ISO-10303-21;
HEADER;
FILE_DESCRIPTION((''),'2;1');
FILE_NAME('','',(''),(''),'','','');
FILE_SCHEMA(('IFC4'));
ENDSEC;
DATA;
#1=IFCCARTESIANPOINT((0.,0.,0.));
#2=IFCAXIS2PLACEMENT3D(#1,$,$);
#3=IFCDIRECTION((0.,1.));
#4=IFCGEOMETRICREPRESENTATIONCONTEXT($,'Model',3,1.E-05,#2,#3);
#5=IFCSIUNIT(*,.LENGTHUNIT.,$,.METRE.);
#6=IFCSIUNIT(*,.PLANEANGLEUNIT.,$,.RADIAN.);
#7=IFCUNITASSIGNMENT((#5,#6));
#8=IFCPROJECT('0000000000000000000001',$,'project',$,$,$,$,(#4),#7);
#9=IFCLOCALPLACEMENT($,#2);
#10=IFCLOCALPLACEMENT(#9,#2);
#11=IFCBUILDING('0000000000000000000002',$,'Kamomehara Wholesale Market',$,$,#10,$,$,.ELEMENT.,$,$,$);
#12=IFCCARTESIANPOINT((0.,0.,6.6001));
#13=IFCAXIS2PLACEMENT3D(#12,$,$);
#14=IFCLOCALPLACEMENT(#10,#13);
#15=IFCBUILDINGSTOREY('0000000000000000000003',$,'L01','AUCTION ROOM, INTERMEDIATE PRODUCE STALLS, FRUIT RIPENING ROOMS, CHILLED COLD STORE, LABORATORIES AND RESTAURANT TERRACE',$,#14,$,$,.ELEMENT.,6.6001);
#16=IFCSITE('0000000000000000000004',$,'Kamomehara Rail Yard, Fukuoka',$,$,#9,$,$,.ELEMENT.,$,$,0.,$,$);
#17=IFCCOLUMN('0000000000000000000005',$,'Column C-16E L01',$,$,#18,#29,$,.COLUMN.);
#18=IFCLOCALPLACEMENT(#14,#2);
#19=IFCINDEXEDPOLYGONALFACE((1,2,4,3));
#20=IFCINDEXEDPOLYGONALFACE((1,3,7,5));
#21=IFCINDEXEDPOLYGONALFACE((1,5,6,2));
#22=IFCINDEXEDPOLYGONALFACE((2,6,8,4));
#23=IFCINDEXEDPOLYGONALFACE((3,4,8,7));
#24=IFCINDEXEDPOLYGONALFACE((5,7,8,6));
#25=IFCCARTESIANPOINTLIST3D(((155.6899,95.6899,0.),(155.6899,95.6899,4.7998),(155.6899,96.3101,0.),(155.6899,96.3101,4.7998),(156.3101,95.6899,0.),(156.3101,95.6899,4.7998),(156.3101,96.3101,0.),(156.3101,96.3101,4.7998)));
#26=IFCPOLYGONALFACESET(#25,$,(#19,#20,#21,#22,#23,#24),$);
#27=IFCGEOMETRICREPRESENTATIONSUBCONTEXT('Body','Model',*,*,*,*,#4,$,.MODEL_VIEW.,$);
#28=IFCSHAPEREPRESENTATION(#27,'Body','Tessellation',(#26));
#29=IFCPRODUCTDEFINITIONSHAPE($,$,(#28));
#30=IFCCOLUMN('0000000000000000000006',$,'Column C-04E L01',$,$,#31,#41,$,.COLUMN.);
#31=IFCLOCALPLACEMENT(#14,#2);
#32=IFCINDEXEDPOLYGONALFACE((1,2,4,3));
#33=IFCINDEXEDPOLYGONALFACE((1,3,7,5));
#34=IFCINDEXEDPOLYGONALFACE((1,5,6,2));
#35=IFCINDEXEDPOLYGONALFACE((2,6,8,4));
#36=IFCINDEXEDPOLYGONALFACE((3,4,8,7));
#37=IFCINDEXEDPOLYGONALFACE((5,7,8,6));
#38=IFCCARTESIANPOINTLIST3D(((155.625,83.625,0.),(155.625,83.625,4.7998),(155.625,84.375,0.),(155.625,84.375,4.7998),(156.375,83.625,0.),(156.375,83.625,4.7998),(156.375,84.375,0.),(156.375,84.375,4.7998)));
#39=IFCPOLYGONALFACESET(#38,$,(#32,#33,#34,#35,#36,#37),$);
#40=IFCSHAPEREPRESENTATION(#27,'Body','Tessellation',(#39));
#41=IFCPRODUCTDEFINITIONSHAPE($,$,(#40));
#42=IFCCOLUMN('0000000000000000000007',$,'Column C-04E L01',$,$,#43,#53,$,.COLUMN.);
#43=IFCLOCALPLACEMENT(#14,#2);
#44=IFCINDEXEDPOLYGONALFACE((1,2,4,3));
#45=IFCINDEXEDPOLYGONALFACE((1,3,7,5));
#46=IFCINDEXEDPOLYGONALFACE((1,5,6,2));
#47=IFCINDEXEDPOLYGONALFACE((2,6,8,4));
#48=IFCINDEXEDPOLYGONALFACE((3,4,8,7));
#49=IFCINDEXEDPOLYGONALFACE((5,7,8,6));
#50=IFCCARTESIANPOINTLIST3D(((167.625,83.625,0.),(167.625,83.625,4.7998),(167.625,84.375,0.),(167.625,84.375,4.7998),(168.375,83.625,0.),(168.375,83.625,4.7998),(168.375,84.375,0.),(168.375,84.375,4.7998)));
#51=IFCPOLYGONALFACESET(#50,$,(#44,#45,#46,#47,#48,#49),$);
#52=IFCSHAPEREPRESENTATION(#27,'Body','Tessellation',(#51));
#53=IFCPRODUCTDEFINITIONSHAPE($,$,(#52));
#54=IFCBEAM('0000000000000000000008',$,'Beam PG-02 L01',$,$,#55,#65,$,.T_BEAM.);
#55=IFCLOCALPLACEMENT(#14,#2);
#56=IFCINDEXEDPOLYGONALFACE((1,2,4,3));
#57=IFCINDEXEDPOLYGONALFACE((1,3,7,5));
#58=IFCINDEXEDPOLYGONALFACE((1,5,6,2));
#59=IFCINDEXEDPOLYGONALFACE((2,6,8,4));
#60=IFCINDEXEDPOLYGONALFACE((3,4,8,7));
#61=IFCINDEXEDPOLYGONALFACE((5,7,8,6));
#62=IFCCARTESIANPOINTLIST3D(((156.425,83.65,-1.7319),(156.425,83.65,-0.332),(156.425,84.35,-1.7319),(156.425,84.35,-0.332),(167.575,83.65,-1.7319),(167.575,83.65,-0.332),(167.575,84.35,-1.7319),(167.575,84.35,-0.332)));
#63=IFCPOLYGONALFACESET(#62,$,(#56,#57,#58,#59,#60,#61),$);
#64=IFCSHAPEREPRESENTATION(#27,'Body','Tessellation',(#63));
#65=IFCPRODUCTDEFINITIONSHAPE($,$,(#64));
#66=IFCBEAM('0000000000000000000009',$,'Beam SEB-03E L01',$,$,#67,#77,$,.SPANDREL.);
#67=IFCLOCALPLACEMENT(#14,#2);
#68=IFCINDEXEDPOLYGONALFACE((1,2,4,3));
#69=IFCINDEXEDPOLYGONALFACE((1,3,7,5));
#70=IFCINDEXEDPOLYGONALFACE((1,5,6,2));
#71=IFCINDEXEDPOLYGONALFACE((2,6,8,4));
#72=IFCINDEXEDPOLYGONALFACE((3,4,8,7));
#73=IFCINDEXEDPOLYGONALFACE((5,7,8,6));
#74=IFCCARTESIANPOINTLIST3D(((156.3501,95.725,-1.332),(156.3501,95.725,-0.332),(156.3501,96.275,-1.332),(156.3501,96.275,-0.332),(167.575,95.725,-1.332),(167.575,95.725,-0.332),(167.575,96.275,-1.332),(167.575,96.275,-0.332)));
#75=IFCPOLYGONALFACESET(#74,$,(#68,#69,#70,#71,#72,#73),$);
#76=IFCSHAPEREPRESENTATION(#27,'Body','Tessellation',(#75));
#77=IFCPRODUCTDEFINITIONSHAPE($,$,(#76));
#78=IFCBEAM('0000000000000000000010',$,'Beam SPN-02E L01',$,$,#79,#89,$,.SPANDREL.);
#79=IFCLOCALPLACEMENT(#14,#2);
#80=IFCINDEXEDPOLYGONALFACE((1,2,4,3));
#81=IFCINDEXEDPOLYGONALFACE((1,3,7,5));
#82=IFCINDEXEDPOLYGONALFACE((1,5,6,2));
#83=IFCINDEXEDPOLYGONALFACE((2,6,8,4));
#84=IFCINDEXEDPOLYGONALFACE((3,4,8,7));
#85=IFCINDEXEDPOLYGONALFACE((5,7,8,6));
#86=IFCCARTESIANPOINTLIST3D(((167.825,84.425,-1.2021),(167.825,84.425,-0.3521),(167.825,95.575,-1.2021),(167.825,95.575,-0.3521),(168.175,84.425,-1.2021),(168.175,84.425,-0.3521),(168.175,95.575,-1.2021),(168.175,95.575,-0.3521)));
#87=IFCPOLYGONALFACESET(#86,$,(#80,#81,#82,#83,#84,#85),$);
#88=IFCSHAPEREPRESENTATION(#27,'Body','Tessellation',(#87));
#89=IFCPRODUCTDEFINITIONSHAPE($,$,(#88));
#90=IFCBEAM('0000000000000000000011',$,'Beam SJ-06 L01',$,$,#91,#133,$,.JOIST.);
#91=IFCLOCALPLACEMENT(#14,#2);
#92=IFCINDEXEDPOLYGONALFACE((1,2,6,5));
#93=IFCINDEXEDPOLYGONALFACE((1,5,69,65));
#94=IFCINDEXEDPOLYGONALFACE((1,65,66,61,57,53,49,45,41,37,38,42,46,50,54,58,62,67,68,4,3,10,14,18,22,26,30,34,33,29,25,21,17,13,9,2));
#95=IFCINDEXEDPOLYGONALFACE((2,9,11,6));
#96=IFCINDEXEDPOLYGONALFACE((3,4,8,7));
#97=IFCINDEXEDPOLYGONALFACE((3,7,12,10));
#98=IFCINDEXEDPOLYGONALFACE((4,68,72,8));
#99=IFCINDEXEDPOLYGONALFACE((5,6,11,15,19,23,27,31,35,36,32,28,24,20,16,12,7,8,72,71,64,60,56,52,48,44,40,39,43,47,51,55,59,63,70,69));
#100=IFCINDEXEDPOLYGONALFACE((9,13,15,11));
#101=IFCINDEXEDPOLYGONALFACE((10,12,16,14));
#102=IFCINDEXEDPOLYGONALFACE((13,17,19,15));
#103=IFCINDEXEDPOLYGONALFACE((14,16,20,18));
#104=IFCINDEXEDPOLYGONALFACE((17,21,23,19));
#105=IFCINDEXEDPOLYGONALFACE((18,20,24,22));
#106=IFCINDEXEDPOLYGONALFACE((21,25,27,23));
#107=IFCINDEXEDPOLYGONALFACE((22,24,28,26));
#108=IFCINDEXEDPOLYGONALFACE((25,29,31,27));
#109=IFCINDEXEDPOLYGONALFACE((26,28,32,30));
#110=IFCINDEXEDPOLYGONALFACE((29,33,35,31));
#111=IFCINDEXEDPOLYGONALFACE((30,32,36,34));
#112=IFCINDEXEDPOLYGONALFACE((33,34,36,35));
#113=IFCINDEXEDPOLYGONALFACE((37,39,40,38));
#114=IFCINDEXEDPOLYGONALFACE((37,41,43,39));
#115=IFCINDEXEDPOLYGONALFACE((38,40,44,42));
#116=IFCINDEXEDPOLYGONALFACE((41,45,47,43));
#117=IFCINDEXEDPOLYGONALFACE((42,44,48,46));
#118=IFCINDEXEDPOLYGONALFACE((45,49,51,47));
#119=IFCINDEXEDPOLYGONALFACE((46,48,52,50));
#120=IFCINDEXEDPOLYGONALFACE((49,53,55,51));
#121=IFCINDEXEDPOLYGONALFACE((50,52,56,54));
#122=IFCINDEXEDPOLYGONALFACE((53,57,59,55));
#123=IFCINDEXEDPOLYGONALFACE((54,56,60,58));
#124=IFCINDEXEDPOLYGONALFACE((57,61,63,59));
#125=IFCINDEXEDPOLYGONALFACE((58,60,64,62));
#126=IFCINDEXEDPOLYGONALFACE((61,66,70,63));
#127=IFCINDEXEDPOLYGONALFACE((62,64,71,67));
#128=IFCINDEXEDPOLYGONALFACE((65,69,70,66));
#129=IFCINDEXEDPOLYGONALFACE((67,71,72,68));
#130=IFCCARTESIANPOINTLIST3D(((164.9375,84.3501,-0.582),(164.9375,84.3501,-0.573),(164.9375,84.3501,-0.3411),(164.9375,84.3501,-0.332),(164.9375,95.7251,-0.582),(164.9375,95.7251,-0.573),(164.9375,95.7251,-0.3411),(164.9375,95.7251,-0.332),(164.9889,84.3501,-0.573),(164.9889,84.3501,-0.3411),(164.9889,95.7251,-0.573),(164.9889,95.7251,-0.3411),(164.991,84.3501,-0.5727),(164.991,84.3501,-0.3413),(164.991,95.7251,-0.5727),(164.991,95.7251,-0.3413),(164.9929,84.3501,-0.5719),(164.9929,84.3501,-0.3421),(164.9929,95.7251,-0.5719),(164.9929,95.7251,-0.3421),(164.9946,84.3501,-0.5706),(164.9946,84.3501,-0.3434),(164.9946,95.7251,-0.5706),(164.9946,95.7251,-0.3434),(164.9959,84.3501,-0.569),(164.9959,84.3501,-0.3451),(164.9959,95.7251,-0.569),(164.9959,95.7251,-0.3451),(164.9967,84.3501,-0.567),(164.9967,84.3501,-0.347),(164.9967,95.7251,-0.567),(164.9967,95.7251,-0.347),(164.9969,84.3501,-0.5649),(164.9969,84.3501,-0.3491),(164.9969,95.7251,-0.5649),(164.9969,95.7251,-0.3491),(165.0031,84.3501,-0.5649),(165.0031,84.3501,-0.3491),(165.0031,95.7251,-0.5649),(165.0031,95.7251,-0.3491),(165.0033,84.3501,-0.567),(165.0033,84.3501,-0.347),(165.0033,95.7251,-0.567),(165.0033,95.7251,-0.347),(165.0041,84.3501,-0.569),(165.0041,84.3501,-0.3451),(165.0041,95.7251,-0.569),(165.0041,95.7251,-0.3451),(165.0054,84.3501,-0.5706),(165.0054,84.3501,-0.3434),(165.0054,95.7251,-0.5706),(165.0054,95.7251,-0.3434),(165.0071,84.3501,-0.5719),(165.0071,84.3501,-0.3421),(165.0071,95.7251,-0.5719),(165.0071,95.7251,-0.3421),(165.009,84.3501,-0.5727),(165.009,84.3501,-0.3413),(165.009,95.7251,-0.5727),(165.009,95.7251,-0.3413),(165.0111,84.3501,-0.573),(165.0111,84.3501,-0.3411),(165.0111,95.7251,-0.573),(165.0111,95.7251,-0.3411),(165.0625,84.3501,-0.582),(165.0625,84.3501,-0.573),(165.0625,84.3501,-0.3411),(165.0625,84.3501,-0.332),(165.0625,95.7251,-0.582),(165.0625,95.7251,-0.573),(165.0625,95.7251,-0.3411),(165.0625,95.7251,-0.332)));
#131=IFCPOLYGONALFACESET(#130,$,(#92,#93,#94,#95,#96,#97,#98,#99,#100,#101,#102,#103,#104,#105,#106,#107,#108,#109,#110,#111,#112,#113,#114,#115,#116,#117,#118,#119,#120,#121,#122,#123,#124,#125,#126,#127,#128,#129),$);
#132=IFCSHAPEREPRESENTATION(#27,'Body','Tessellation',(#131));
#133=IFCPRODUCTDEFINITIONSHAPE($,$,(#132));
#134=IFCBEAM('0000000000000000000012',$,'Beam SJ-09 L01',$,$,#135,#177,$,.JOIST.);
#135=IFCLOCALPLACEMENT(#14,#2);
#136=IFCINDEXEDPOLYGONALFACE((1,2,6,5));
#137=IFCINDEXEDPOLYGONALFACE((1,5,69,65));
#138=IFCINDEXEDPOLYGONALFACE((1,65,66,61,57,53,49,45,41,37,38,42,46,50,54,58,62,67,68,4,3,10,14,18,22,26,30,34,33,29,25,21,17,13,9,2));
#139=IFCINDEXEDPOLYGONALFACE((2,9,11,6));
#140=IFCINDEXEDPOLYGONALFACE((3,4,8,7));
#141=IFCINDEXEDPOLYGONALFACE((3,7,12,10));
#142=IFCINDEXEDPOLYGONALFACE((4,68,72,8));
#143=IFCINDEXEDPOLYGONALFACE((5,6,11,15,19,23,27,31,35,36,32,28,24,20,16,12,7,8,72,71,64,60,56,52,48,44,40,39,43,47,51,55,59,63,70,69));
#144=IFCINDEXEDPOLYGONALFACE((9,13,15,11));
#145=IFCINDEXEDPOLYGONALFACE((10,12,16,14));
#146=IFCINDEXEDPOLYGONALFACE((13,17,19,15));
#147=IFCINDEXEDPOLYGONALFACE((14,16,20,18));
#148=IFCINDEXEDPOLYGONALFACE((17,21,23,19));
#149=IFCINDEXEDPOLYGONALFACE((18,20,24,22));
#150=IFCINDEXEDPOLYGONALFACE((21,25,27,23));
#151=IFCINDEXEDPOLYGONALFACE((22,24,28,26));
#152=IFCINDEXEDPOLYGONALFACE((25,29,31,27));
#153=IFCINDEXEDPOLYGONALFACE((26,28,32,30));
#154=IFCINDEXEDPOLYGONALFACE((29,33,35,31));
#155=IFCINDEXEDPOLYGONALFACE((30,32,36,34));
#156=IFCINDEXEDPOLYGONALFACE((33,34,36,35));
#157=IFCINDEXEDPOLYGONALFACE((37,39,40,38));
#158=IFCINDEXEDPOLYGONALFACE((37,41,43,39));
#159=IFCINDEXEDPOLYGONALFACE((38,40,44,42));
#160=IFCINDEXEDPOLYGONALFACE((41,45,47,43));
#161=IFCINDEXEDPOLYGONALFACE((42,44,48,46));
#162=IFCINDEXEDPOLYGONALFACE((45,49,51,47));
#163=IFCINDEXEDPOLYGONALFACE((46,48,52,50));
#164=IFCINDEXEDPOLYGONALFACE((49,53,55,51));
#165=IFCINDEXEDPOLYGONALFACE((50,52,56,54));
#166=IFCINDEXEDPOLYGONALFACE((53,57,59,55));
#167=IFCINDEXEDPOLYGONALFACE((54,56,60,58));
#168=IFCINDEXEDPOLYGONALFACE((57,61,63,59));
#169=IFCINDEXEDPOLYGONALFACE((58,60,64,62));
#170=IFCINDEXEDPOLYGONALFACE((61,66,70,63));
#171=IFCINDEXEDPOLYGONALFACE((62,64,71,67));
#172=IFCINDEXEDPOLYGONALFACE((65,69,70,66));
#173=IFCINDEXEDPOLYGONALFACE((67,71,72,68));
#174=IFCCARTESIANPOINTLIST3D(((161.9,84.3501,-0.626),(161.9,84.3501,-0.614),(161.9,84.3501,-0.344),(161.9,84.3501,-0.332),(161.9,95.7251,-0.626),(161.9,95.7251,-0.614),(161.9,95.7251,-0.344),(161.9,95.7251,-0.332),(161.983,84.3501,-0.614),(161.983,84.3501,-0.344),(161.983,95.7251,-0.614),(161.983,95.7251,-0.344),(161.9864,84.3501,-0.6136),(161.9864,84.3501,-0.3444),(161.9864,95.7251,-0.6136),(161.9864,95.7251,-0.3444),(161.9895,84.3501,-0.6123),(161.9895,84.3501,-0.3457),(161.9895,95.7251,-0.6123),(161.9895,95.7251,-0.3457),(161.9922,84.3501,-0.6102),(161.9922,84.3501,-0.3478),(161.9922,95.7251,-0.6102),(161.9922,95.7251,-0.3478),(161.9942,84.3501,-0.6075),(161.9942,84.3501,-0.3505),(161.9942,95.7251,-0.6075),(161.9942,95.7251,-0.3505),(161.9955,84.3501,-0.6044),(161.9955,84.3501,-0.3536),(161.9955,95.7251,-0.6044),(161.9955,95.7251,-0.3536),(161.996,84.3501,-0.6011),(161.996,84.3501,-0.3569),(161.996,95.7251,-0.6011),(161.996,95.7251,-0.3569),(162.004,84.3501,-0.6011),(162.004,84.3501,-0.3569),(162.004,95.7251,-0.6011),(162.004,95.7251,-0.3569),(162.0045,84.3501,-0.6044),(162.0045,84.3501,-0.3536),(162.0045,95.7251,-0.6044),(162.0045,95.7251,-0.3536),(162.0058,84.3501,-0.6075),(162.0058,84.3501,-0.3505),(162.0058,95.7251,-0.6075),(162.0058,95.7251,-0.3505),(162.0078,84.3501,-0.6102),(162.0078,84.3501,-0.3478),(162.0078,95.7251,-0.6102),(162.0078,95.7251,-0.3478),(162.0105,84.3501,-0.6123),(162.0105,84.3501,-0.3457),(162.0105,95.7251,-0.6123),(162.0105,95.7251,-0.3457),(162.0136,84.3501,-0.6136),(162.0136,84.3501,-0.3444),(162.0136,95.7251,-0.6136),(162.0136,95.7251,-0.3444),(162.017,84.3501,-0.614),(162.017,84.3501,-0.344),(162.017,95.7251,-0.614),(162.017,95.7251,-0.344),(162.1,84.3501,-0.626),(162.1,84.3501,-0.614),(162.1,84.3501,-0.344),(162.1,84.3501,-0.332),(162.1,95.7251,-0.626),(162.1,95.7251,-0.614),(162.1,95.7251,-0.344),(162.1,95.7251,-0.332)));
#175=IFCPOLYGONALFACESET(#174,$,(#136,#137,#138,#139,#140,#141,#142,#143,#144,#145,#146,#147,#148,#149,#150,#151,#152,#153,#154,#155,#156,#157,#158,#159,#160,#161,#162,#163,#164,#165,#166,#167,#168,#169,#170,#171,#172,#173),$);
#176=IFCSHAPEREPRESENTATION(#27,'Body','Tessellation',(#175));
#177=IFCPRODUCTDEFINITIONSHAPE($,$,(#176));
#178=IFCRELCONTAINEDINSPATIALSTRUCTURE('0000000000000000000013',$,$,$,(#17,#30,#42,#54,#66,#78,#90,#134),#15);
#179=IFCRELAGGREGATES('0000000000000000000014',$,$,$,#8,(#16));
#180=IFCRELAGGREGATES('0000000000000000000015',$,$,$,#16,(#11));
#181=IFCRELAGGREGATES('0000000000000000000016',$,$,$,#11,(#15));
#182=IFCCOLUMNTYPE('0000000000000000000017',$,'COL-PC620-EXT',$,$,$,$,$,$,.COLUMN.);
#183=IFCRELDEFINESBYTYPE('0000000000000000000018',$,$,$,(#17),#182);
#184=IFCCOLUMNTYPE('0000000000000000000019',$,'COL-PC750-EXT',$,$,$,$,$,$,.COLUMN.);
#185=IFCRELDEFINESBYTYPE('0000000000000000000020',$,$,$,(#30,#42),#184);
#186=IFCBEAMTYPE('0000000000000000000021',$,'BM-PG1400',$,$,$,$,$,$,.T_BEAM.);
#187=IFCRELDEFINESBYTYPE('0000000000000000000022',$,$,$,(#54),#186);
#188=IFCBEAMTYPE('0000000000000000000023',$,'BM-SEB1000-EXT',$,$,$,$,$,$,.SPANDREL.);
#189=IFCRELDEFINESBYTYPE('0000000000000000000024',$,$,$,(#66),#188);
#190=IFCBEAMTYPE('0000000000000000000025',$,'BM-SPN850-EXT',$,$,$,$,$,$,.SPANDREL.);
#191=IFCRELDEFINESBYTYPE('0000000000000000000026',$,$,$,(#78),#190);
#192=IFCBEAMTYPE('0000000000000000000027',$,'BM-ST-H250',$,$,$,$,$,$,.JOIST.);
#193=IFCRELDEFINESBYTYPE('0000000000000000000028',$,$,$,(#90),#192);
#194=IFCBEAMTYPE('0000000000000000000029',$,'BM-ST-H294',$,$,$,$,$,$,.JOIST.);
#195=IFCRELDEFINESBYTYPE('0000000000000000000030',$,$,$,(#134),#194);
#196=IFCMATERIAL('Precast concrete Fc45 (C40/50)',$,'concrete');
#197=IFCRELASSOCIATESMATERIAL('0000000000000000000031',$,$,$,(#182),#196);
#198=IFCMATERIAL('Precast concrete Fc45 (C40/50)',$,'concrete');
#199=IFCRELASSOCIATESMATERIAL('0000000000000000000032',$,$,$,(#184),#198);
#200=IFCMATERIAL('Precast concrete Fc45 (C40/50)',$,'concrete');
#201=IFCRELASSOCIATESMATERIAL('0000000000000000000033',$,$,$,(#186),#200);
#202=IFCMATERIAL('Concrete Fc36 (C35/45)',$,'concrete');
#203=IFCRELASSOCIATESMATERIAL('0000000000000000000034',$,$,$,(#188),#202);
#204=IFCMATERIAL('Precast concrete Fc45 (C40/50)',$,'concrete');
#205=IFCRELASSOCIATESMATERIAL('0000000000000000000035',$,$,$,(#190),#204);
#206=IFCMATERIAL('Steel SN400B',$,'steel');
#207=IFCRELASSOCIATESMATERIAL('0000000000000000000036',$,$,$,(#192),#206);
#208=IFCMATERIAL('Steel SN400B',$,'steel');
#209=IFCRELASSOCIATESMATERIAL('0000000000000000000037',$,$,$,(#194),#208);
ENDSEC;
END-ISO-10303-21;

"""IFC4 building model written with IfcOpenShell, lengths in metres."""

from ifc_helpers import new_model, si_unit, direction, frame, origin, origin_2d, place, context, subcontext, project, spatial, rectangle, i_section, extrude, material, material_profile, profile_set, type_object, element, save


model = new_model("IFC4")

# Units and contexts
model_context = context("Model", 3, precision=1e-05, world=origin(), true_north=direction((0.0, 1.0)))
body_context = subcontext(model_context, "Body", "Model", "MODEL_VIEW")
ifc_project = project(units=[si_unit("LENGTHUNIT", "METRE"), si_unit("PLANEANGLEUNIT", "RADIAN")], contexts=[model_context])

# Site, building, storey
site_placement = place(None, origin())
site = spatial("IfcSite", under=ifc_project, at=site_placement, Name="Kamomehara Rail Yard, Fukuoka", CompositionType="ELEMENT", RefElevation=0.0)
building_placement = place(site_placement, origin())
building = spatial("IfcBuilding", under=site, at=building_placement, Name="Kamomehara Wholesale Market", CompositionType="ELEMENT")
storey_placement = place(building_placement, frame((0.0, 0.0, 6.6001)))
storey = spatial("IfcBuildingStorey", under=building, at=storey_placement, Name="L01", Description="AUCTION ROOM, INTERMEDIATE PRODUCE STALLS, FRUIT RIPENING ROOMS, CHILLED COLD STORE, LABORATORIES AND RESTAURANT TERRACE", CompositionType="ELEMENT", Elevation=6.6001)

# Columns
ifc_material_1 = material(Name="Precast concrete Fc45 (C40/50)", Category="concrete")
ifc_material_profile_1 = material_profile(ifc_material_1, rectangle(XDim=0.6201, YDim=0.6201, at=origin_2d()), Name="PC-COL-620x620")
ifc_profile_set_1 = profile_set([ifc_material_profile_1], Name="Precast concrete Fc45 (C40/50)")
column_type_1 = type_object("IfcColumnType", Name="COL-PC620-EXT", PredefinedType="COLUMN", material=ifc_profile_set_1)
column_placement = place(storey_placement, frame((156.0, 96.0, 0.0), z_axis=(0.0, 0.0, 1.0), x_axis=(1.0, 0.0, 0.0)))
element("IfcColumn", 1, at=column_placement, inside=storey, type_object=column_type_1, Name="Column C-16E L01", PredefinedType="COLUMN", context=body_context, shape_type="SweptSolid", body=[
    extrude(rectangle(XDim=0.6201, YDim=0.6201, at=origin_2d()), origin(), (0.0, 0.0, 1.0), 4.7998),
])
ifc_material_2 = material(Name="Precast concrete Fc45 (C40/50)", Category="concrete")
ifc_material_profile_2 = material_profile(ifc_material_2, rectangle(XDim=0.75, YDim=0.75, at=origin_2d()), Name="PC-COL-750x750")
ifc_profile_set_2 = profile_set([ifc_material_profile_2], Name="Precast concrete Fc45 (C40/50)")
column_type_2 = type_object("IfcColumnType", Name="COL-PC750-EXT", PredefinedType="COLUMN", material=ifc_profile_set_2)
for number, where, z_axis, x_axis, name in (
    (2, (156.0, 84.0, 0.0), (0.0, 0.0, 1.0), (1.0, 0.0, 0.0), "Column C-04E L01"),
    (3, (168.0, 84.0, 0.0), (0.0, 0.0, 1.0), (1.0, 0.0, 0.0), "Column C-04E L01"),
):
    element("IfcColumn", number, at=place(storey_placement, frame(where, z_axis=z_axis, x_axis=x_axis)), inside=storey, type_object=column_type_2, Name=name, PredefinedType="COLUMN", context=body_context, shape_type="SweptSolid", body=[
        extrude(rectangle(XDim=0.75, YDim=0.75, at=origin_2d()), origin(), (0.0, 0.0, 1.0), 4.7998),
    ])

# Beams
ifc_material_3 = material(Name="Precast concrete Fc45 (C40/50)", Category="concrete")
ifc_material_profile_3 = material_profile(ifc_material_3, rectangle(XDim=0.7, YDim=1.3999, at=origin_2d()), Name="PC-GRD-700x1400")
ifc_profile_set_3 = profile_set([ifc_material_profile_3], Name="Precast concrete Fc45 (C40/50)")
beam_type_1 = type_object("IfcBeamType", Name="BM-PG1400", PredefinedType="T_BEAM", material=ifc_profile_set_3)
beam_1_placement = place(storey_placement, frame((156.425, 84.0, -1.032), z_axis=(1.0, 0.0, 0.0), x_axis=(0.0, 1.0, 0.0)))
element("IfcBeam", 4, at=beam_1_placement, inside=storey, type_object=beam_type_1, Name="Beam PG-02 L01", PredefinedType="T_BEAM", context=body_context, shape_type="SweptSolid", body=[
    extrude(rectangle(XDim=0.7, YDim=1.3999, at=origin_2d()), origin(), (0.0, 0.0, 1.0), 11.1499),
])
ifc_material_4 = material(Name="Concrete Fc36 (C35/45)", Category="concrete")
ifc_material_profile_4 = material_profile(ifc_material_4, rectangle(XDim=0.55, YDim=1.0, at=origin_2d()), Name="RC-SEB-550x1000")
ifc_profile_set_4 = profile_set([ifc_material_profile_4], Name="Concrete Fc36 (C35/45)")
beam_type_2 = type_object("IfcBeamType", Name="BM-SEB1000-EXT", PredefinedType="SPANDREL", material=ifc_profile_set_4)
beam_2_placement = place(storey_placement, frame((156.3501, 96.0, -0.832), z_axis=(1.0, 0.0, 0.0), x_axis=(0.0, 1.0, 0.0)))
element("IfcBeam", 5, at=beam_2_placement, inside=storey, type_object=beam_type_2, Name="Beam SEB-03E L01", PredefinedType="SPANDREL", context=body_context, shape_type="SweptSolid", body=[
    extrude(rectangle(XDim=0.55, YDim=1.0, at=origin_2d()), origin(), (0.0, 0.0, 1.0), 11.2249),
])
ifc_material_5 = material(Name="Precast concrete Fc45 (C40/50)", Category="concrete")
ifc_material_profile_5 = material_profile(ifc_material_5, rectangle(XDim=0.3501, YDim=0.8501, at=origin_2d()), Name="PC-SPN-350x850")
ifc_profile_set_5 = profile_set([ifc_material_profile_5], Name="Precast concrete Fc45 (C40/50)")
beam_type_3 = type_object("IfcBeamType", Name="BM-SPN850-EXT", PredefinedType="SPANDREL", material=ifc_profile_set_5)
beam_3_placement = place(storey_placement, frame((168.0, 84.425, -0.7771), z_axis=(0.0, 1.0, 0.0), x_axis=(-1.0, 0.0, 0.0)))
element("IfcBeam", 6, at=beam_3_placement, inside=storey, type_object=beam_type_3, Name="Beam SPN-02E L01", PredefinedType="SPANDREL", context=body_context, shape_type="SweptSolid", body=[
    extrude(rectangle(XDim=0.3501, YDim=0.8501, at=origin_2d()), origin(), (0.0, 0.0, 1.0), 11.1499),
])
ifc_material_6 = material(Name="Steel SN400B", Category="steel")
ifc_material_profile_6 = material_profile(ifc_material_6, i_section(OverallWidth=0.125, OverallDepth=0.25, WebThickness=0.0061, FlangeThickness=0.009, FilletRadius=0.0081, at=origin_2d()), Name="H-250x125x6x9")
ifc_profile_set_6 = profile_set([ifc_material_profile_6], Name="Steel SN400B")
beam_type_4 = type_object("IfcBeamType", Name="BM-ST-H250", PredefinedType="JOIST", material=ifc_profile_set_6)
beam_4_placement = place(storey_placement, frame((165.0, 84.3501, -0.457), z_axis=(0.0, 1.0, 0.0), x_axis=(-1.0, 0.0, 0.0)))
element("IfcBeam", 7, at=beam_4_placement, inside=storey, type_object=beam_type_4, Name="Beam SJ-06 L01", PredefinedType="JOIST", context=body_context, shape_type="SweptSolid", body=[
    extrude(i_section(OverallWidth=0.125, OverallDepth=0.25, WebThickness=0.0061, FlangeThickness=0.009, FilletRadius=0.0081, at=origin_2d()), origin(), (0.0, 0.0, 1.0), 11.375),
])
ifc_material_7 = material(Name="Steel SN400B", Category="steel")
ifc_material_profile_7 = material_profile(ifc_material_7, i_section(OverallWidth=0.2, OverallDepth=0.2939, WebThickness=0.0081, FlangeThickness=0.012, FilletRadius=0.0129, at=origin_2d()), Name="H-294x200x8x12")
ifc_profile_set_7 = profile_set([ifc_material_profile_7], Name="Steel SN400B")
beam_type_5 = type_object("IfcBeamType", Name="BM-ST-H294", PredefinedType="JOIST", material=ifc_profile_set_7)
beam_5_placement = place(storey_placement, frame((162.0, 84.3501, -0.479), z_axis=(0.0, 1.0, 0.0), x_axis=(-1.0, 0.0, 0.0)))
element("IfcBeam", 8, at=beam_5_placement, inside=storey, type_object=beam_type_5, Name="Beam SJ-09 L01", PredefinedType="JOIST", context=body_context, shape_type="SweptSolid", body=[
    extrude(i_section(OverallWidth=0.2, OverallDepth=0.2939, WebThickness=0.0081, FlangeThickness=0.012, FilletRadius=0.0129, at=origin_2d()), origin(), (0.0, 0.0, 1.0), 11.375),
])

save(model, "model.ifc")
